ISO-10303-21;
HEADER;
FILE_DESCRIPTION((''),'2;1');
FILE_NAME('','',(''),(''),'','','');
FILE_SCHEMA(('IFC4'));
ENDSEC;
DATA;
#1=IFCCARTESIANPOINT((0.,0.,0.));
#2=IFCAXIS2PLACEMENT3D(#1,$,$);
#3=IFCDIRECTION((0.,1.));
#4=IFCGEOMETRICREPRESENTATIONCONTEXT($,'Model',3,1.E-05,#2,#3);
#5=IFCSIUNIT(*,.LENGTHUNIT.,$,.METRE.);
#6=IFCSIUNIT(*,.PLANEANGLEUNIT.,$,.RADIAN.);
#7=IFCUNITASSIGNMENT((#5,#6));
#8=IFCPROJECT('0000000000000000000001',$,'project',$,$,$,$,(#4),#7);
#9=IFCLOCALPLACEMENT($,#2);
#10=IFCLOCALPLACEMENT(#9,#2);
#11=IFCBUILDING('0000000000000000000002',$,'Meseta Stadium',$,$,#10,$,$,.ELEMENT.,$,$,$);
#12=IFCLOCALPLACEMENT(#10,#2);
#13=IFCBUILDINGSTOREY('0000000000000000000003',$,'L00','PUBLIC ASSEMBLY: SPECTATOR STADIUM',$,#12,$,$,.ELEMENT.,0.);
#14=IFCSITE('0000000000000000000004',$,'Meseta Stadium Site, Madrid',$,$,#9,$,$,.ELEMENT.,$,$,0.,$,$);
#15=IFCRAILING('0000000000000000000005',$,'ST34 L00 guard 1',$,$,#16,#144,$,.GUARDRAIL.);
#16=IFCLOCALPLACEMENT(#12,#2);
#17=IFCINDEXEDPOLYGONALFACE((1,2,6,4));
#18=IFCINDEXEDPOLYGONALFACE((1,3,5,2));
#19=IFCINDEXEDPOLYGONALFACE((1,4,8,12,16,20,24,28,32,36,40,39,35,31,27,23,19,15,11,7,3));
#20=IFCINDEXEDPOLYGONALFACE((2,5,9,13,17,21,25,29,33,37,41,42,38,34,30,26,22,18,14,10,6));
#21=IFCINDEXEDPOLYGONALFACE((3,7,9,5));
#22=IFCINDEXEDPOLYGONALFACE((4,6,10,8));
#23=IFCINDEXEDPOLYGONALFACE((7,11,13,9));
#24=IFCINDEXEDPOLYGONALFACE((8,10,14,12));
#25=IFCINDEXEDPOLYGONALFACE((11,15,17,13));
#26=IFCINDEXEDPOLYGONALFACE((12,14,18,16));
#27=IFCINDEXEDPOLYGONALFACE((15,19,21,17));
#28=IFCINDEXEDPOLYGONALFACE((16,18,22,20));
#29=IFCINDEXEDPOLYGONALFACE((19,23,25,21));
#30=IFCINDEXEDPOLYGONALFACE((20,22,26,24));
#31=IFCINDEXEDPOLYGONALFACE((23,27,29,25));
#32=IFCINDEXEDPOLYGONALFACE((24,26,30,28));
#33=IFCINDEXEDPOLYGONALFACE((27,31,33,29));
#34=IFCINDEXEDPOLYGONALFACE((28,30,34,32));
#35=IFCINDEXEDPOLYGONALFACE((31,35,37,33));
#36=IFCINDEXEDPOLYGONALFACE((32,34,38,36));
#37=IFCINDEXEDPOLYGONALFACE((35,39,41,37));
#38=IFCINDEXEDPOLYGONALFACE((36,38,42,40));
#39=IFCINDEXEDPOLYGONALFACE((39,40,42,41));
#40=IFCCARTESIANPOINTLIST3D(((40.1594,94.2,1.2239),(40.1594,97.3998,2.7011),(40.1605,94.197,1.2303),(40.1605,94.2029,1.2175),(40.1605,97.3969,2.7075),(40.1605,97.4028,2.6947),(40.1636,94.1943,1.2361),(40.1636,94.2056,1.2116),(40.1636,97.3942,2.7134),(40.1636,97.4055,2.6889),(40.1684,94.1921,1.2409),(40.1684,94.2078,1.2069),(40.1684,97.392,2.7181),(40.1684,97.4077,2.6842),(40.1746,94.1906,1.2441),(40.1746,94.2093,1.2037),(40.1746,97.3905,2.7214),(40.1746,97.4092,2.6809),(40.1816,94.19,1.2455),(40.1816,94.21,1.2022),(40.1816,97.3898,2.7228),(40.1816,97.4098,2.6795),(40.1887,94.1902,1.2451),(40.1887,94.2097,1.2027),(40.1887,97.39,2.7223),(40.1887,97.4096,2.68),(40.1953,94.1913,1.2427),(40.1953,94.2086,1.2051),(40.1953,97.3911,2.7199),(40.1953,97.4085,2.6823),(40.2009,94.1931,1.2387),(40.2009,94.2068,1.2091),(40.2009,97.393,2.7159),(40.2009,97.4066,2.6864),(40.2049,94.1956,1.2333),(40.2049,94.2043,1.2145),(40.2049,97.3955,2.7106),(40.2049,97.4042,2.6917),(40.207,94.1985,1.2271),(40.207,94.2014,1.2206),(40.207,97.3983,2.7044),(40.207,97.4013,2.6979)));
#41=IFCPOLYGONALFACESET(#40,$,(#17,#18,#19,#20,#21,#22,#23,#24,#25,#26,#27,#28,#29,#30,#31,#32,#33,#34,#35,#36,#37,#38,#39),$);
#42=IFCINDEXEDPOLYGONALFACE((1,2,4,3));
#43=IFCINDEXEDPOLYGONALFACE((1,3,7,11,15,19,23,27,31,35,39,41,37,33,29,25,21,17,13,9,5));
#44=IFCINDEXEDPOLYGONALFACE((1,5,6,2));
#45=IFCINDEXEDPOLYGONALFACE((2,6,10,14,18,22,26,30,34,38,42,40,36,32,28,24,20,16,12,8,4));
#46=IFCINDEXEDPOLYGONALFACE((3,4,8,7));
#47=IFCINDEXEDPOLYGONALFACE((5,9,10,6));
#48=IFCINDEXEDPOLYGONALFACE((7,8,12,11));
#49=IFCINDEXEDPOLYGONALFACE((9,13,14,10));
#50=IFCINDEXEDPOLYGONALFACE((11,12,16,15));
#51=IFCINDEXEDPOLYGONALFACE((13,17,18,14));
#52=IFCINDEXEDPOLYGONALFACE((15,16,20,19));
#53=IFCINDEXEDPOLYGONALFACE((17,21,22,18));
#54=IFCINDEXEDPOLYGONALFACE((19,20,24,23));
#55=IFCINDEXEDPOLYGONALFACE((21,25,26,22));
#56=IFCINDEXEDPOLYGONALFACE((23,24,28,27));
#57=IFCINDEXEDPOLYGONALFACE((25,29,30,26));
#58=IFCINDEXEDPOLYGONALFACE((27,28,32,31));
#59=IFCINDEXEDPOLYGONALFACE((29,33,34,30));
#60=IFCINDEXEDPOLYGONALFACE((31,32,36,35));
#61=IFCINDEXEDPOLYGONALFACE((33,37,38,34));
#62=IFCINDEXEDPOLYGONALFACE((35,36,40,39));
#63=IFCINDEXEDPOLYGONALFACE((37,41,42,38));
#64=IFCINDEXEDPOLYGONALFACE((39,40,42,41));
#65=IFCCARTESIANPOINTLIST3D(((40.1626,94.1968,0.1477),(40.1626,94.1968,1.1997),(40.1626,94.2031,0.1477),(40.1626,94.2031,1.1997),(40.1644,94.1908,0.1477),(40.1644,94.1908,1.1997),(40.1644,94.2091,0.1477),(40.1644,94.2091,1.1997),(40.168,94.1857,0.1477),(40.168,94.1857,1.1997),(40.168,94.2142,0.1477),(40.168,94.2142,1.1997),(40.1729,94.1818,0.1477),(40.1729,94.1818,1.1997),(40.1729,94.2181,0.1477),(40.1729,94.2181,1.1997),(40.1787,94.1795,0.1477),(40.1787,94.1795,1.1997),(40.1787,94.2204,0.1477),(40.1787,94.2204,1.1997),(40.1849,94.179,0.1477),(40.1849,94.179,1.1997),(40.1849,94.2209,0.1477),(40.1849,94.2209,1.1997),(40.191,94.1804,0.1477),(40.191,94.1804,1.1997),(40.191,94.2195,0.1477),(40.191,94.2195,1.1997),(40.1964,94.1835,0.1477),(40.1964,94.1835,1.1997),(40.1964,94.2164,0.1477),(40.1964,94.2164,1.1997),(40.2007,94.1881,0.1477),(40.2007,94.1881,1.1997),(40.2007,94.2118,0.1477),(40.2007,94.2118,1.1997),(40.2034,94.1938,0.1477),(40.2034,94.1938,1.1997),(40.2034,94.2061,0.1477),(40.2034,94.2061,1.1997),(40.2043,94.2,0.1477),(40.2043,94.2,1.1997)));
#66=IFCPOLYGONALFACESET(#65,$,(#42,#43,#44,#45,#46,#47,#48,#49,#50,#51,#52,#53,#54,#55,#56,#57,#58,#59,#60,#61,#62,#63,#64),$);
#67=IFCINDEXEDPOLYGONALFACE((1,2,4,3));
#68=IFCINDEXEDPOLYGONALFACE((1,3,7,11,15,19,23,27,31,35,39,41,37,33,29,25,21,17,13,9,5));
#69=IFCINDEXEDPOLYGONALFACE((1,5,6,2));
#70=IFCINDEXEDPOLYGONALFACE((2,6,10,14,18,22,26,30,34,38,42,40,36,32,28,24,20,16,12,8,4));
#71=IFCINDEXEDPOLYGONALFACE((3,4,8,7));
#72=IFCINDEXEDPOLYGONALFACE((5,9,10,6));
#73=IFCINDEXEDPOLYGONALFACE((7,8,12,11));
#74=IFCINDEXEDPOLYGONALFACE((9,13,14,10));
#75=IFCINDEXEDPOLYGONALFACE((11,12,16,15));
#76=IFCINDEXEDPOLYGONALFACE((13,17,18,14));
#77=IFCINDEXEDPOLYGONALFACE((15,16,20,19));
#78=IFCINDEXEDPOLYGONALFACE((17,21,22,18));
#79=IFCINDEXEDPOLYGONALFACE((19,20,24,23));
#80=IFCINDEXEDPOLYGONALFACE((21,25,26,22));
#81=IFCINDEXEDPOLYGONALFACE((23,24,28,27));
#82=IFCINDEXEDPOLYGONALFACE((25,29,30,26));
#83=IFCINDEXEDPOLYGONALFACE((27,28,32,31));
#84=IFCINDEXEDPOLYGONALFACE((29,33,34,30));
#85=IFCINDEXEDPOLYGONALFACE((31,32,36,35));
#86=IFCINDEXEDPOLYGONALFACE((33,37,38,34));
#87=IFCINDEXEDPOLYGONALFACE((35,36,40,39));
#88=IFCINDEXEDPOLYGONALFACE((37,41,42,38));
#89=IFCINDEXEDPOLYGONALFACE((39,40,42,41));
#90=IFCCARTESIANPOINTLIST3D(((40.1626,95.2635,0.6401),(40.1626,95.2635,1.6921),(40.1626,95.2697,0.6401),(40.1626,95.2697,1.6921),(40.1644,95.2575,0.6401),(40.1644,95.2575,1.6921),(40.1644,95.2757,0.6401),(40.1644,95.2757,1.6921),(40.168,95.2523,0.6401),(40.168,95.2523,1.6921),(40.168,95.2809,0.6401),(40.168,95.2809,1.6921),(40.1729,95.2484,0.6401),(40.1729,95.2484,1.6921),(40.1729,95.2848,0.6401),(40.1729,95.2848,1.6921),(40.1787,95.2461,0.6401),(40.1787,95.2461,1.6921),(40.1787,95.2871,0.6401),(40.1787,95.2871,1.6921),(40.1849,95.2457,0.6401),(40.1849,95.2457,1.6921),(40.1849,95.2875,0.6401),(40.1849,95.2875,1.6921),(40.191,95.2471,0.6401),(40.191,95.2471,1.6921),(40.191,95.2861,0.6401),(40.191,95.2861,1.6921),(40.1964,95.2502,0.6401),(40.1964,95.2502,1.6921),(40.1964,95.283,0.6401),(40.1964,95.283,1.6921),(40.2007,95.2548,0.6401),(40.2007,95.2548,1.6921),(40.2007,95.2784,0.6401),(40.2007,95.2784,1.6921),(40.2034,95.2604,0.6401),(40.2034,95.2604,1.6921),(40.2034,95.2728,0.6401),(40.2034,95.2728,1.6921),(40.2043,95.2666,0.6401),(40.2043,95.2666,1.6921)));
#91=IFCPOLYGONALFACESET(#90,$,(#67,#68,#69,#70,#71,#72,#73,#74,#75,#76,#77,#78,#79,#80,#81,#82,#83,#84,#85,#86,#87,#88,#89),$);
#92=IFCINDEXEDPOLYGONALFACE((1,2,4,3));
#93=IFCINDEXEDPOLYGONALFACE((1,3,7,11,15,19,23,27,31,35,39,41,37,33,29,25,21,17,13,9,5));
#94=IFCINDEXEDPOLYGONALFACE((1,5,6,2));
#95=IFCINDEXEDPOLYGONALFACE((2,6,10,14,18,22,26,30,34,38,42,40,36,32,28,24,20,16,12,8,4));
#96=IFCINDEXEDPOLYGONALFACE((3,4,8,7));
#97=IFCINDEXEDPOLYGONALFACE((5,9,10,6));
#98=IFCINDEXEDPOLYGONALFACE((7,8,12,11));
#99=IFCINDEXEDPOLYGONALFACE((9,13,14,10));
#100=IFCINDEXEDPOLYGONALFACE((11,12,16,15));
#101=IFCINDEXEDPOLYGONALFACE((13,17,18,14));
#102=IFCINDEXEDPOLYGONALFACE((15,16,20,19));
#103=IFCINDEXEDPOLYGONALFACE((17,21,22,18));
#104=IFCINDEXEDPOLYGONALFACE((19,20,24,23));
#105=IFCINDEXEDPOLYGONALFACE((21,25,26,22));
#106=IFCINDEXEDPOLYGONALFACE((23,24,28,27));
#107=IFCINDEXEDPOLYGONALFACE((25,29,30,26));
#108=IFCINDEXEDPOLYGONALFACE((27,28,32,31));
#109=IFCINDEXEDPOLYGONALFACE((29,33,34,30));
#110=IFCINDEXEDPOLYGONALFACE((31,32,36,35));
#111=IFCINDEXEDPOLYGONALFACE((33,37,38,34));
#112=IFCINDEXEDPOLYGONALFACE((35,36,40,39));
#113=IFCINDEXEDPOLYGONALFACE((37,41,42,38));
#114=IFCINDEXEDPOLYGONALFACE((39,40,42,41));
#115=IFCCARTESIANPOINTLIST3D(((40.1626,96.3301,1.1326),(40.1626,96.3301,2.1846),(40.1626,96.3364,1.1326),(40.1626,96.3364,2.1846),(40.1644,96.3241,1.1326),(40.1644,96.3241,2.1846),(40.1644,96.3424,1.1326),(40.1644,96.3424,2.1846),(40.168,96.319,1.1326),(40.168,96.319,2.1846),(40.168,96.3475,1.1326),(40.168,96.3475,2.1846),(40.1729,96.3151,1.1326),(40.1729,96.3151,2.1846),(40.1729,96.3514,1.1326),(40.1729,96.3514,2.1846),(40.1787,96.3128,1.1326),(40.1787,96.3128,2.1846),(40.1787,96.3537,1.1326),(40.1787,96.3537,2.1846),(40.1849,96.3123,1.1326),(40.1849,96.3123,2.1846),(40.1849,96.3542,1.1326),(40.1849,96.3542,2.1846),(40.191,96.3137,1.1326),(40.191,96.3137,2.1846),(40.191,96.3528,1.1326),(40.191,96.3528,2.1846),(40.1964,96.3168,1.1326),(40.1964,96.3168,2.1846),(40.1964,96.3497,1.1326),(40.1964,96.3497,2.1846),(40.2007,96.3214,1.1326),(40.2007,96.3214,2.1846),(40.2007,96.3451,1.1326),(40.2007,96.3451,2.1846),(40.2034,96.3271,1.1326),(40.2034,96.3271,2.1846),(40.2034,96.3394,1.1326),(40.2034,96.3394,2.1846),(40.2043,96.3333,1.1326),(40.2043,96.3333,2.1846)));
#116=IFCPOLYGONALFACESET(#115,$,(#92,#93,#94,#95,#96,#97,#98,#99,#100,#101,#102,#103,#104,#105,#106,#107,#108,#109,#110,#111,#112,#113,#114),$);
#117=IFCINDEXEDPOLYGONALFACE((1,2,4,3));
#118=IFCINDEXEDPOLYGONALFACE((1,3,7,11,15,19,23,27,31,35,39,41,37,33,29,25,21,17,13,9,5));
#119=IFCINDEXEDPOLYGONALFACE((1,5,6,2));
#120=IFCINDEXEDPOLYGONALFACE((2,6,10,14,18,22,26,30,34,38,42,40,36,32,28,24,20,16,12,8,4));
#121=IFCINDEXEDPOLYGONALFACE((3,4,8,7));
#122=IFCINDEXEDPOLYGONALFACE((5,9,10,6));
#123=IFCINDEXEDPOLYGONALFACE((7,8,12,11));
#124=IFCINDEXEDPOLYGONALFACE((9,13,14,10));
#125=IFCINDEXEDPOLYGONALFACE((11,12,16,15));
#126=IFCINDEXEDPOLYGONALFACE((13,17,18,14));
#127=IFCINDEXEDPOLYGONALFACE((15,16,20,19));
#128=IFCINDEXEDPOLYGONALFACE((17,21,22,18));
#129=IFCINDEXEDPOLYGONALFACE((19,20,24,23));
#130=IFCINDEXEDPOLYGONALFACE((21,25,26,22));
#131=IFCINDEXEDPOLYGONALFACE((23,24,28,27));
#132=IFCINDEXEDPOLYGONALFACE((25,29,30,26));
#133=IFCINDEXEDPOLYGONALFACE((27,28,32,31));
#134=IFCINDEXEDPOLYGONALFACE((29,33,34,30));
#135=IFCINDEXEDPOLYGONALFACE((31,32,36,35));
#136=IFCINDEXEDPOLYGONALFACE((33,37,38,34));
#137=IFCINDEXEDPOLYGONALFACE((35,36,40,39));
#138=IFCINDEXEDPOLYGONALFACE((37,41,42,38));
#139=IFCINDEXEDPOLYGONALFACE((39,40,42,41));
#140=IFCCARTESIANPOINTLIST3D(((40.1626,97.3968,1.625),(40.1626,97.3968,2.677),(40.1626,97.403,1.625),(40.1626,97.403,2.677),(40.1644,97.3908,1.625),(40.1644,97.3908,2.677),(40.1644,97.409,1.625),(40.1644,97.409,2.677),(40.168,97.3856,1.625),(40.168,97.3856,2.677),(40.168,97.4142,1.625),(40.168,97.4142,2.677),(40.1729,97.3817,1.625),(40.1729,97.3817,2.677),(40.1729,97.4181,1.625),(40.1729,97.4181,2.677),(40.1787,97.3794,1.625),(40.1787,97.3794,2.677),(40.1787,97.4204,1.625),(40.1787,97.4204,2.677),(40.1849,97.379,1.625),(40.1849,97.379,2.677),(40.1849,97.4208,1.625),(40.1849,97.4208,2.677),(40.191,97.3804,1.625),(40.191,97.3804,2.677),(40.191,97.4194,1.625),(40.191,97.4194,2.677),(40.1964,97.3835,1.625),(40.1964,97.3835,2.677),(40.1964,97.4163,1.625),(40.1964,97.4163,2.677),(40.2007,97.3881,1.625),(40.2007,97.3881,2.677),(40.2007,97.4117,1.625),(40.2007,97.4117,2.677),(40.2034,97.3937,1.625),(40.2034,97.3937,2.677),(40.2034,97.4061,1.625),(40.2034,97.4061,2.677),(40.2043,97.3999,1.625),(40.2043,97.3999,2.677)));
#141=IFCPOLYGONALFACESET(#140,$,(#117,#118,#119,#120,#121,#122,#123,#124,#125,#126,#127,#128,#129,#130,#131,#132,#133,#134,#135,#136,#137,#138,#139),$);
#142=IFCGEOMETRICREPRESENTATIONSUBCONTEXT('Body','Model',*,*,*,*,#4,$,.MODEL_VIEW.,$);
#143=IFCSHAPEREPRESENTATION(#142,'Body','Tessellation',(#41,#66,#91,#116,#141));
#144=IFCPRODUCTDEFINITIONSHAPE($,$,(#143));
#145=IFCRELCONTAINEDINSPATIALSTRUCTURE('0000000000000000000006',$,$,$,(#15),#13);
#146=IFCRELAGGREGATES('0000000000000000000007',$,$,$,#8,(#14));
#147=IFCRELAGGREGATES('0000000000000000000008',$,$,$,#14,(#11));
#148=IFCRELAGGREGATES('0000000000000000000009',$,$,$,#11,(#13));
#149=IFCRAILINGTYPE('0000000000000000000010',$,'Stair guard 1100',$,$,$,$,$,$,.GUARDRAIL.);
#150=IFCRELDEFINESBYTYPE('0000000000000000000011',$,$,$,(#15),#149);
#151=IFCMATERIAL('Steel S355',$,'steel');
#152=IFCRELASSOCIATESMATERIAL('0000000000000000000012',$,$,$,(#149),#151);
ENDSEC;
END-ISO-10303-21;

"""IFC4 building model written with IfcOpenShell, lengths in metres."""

from ifc_helpers import new_model, si_unit, direction, frame, origin, origin_2d, place, context, subcontext, project, spatial, circle, extrude, material, type_object, element, save


model = new_model("IFC4")

# Units and contexts
model_context = context("Model", 3, precision=1e-05, world=origin(), true_north=direction((0.0, 1.0)))
body_context = subcontext(model_context, "Body", "Model", "MODEL_VIEW")
ifc_project = project(units=[si_unit("LENGTHUNIT", "METRE"), si_unit("PLANEANGLEUNIT", "RADIAN")], contexts=[model_context])

# Site, building, storey
site_placement = place(None, origin())
site = spatial("IfcSite", under=ifc_project, at=site_placement, Name="Meseta Stadium Site, Madrid", CompositionType="ELEMENT", RefElevation=0.0)
building_placement = place(site_placement, origin())
building = spatial("IfcBuilding", under=site, at=building_placement, Name="Meseta Stadium", CompositionType="ELEMENT")
storey_placement = place(building_placement, origin())
storey = spatial("IfcBuildingStorey", under=building, at=storey_placement, Name="L00", Description="PUBLIC ASSEMBLY: SPECTATOR STADIUM", CompositionType="ELEMENT", Elevation=0.0)

# Railing
ifc_material_1 = material(Name="Steel S355", Category="steel")
railing_type_1 = type_object("IfcRailingType", Name="Stair guard 1100", PredefinedType="GUARDRAIL", material=ifc_material_1)
railing_1_placement = place(storey_placement, frame((40.1833, 94.2, 0.1477)))
element("IfcRailing", 1, at=railing_1_placement, inside=storey, type_object=railing_type_1, Name="ST34 L00 guard 1", PredefinedType="GUARDRAIL", context=body_context, shape_type="SweptSolid", body=[
    extrude(circle(Radius=0.0239, at=origin_2d()), frame((0.0, 0.0, 1.0762), z_axis=(0.0, 0.907917, 0.41915), x_axis=(-1.0, 0.0, 0.0)), (0.0, 0.0, 1.0), 3.5244),
    extrude(circle(Radius=0.021, at=origin_2d()), origin(), (0.0, 0.0, 1.0), 1.052),
    extrude(circle(Radius=0.021, at=origin_2d()), frame((0.0, 1.0667, 0.4924)), (0.0, 0.0, 1.0), 1.052),
    extrude(circle(Radius=0.021, at=origin_2d()), frame((0.0, 2.1333, 0.9849)), (0.0, 0.0, 1.0), 1.052),
    extrude(circle(Radius=0.021, at=origin_2d()), frame((0.0, 3.2, 1.4773)), (0.0, 0.0, 1.0), 1.052),
])

save(model, "model.ifc")
